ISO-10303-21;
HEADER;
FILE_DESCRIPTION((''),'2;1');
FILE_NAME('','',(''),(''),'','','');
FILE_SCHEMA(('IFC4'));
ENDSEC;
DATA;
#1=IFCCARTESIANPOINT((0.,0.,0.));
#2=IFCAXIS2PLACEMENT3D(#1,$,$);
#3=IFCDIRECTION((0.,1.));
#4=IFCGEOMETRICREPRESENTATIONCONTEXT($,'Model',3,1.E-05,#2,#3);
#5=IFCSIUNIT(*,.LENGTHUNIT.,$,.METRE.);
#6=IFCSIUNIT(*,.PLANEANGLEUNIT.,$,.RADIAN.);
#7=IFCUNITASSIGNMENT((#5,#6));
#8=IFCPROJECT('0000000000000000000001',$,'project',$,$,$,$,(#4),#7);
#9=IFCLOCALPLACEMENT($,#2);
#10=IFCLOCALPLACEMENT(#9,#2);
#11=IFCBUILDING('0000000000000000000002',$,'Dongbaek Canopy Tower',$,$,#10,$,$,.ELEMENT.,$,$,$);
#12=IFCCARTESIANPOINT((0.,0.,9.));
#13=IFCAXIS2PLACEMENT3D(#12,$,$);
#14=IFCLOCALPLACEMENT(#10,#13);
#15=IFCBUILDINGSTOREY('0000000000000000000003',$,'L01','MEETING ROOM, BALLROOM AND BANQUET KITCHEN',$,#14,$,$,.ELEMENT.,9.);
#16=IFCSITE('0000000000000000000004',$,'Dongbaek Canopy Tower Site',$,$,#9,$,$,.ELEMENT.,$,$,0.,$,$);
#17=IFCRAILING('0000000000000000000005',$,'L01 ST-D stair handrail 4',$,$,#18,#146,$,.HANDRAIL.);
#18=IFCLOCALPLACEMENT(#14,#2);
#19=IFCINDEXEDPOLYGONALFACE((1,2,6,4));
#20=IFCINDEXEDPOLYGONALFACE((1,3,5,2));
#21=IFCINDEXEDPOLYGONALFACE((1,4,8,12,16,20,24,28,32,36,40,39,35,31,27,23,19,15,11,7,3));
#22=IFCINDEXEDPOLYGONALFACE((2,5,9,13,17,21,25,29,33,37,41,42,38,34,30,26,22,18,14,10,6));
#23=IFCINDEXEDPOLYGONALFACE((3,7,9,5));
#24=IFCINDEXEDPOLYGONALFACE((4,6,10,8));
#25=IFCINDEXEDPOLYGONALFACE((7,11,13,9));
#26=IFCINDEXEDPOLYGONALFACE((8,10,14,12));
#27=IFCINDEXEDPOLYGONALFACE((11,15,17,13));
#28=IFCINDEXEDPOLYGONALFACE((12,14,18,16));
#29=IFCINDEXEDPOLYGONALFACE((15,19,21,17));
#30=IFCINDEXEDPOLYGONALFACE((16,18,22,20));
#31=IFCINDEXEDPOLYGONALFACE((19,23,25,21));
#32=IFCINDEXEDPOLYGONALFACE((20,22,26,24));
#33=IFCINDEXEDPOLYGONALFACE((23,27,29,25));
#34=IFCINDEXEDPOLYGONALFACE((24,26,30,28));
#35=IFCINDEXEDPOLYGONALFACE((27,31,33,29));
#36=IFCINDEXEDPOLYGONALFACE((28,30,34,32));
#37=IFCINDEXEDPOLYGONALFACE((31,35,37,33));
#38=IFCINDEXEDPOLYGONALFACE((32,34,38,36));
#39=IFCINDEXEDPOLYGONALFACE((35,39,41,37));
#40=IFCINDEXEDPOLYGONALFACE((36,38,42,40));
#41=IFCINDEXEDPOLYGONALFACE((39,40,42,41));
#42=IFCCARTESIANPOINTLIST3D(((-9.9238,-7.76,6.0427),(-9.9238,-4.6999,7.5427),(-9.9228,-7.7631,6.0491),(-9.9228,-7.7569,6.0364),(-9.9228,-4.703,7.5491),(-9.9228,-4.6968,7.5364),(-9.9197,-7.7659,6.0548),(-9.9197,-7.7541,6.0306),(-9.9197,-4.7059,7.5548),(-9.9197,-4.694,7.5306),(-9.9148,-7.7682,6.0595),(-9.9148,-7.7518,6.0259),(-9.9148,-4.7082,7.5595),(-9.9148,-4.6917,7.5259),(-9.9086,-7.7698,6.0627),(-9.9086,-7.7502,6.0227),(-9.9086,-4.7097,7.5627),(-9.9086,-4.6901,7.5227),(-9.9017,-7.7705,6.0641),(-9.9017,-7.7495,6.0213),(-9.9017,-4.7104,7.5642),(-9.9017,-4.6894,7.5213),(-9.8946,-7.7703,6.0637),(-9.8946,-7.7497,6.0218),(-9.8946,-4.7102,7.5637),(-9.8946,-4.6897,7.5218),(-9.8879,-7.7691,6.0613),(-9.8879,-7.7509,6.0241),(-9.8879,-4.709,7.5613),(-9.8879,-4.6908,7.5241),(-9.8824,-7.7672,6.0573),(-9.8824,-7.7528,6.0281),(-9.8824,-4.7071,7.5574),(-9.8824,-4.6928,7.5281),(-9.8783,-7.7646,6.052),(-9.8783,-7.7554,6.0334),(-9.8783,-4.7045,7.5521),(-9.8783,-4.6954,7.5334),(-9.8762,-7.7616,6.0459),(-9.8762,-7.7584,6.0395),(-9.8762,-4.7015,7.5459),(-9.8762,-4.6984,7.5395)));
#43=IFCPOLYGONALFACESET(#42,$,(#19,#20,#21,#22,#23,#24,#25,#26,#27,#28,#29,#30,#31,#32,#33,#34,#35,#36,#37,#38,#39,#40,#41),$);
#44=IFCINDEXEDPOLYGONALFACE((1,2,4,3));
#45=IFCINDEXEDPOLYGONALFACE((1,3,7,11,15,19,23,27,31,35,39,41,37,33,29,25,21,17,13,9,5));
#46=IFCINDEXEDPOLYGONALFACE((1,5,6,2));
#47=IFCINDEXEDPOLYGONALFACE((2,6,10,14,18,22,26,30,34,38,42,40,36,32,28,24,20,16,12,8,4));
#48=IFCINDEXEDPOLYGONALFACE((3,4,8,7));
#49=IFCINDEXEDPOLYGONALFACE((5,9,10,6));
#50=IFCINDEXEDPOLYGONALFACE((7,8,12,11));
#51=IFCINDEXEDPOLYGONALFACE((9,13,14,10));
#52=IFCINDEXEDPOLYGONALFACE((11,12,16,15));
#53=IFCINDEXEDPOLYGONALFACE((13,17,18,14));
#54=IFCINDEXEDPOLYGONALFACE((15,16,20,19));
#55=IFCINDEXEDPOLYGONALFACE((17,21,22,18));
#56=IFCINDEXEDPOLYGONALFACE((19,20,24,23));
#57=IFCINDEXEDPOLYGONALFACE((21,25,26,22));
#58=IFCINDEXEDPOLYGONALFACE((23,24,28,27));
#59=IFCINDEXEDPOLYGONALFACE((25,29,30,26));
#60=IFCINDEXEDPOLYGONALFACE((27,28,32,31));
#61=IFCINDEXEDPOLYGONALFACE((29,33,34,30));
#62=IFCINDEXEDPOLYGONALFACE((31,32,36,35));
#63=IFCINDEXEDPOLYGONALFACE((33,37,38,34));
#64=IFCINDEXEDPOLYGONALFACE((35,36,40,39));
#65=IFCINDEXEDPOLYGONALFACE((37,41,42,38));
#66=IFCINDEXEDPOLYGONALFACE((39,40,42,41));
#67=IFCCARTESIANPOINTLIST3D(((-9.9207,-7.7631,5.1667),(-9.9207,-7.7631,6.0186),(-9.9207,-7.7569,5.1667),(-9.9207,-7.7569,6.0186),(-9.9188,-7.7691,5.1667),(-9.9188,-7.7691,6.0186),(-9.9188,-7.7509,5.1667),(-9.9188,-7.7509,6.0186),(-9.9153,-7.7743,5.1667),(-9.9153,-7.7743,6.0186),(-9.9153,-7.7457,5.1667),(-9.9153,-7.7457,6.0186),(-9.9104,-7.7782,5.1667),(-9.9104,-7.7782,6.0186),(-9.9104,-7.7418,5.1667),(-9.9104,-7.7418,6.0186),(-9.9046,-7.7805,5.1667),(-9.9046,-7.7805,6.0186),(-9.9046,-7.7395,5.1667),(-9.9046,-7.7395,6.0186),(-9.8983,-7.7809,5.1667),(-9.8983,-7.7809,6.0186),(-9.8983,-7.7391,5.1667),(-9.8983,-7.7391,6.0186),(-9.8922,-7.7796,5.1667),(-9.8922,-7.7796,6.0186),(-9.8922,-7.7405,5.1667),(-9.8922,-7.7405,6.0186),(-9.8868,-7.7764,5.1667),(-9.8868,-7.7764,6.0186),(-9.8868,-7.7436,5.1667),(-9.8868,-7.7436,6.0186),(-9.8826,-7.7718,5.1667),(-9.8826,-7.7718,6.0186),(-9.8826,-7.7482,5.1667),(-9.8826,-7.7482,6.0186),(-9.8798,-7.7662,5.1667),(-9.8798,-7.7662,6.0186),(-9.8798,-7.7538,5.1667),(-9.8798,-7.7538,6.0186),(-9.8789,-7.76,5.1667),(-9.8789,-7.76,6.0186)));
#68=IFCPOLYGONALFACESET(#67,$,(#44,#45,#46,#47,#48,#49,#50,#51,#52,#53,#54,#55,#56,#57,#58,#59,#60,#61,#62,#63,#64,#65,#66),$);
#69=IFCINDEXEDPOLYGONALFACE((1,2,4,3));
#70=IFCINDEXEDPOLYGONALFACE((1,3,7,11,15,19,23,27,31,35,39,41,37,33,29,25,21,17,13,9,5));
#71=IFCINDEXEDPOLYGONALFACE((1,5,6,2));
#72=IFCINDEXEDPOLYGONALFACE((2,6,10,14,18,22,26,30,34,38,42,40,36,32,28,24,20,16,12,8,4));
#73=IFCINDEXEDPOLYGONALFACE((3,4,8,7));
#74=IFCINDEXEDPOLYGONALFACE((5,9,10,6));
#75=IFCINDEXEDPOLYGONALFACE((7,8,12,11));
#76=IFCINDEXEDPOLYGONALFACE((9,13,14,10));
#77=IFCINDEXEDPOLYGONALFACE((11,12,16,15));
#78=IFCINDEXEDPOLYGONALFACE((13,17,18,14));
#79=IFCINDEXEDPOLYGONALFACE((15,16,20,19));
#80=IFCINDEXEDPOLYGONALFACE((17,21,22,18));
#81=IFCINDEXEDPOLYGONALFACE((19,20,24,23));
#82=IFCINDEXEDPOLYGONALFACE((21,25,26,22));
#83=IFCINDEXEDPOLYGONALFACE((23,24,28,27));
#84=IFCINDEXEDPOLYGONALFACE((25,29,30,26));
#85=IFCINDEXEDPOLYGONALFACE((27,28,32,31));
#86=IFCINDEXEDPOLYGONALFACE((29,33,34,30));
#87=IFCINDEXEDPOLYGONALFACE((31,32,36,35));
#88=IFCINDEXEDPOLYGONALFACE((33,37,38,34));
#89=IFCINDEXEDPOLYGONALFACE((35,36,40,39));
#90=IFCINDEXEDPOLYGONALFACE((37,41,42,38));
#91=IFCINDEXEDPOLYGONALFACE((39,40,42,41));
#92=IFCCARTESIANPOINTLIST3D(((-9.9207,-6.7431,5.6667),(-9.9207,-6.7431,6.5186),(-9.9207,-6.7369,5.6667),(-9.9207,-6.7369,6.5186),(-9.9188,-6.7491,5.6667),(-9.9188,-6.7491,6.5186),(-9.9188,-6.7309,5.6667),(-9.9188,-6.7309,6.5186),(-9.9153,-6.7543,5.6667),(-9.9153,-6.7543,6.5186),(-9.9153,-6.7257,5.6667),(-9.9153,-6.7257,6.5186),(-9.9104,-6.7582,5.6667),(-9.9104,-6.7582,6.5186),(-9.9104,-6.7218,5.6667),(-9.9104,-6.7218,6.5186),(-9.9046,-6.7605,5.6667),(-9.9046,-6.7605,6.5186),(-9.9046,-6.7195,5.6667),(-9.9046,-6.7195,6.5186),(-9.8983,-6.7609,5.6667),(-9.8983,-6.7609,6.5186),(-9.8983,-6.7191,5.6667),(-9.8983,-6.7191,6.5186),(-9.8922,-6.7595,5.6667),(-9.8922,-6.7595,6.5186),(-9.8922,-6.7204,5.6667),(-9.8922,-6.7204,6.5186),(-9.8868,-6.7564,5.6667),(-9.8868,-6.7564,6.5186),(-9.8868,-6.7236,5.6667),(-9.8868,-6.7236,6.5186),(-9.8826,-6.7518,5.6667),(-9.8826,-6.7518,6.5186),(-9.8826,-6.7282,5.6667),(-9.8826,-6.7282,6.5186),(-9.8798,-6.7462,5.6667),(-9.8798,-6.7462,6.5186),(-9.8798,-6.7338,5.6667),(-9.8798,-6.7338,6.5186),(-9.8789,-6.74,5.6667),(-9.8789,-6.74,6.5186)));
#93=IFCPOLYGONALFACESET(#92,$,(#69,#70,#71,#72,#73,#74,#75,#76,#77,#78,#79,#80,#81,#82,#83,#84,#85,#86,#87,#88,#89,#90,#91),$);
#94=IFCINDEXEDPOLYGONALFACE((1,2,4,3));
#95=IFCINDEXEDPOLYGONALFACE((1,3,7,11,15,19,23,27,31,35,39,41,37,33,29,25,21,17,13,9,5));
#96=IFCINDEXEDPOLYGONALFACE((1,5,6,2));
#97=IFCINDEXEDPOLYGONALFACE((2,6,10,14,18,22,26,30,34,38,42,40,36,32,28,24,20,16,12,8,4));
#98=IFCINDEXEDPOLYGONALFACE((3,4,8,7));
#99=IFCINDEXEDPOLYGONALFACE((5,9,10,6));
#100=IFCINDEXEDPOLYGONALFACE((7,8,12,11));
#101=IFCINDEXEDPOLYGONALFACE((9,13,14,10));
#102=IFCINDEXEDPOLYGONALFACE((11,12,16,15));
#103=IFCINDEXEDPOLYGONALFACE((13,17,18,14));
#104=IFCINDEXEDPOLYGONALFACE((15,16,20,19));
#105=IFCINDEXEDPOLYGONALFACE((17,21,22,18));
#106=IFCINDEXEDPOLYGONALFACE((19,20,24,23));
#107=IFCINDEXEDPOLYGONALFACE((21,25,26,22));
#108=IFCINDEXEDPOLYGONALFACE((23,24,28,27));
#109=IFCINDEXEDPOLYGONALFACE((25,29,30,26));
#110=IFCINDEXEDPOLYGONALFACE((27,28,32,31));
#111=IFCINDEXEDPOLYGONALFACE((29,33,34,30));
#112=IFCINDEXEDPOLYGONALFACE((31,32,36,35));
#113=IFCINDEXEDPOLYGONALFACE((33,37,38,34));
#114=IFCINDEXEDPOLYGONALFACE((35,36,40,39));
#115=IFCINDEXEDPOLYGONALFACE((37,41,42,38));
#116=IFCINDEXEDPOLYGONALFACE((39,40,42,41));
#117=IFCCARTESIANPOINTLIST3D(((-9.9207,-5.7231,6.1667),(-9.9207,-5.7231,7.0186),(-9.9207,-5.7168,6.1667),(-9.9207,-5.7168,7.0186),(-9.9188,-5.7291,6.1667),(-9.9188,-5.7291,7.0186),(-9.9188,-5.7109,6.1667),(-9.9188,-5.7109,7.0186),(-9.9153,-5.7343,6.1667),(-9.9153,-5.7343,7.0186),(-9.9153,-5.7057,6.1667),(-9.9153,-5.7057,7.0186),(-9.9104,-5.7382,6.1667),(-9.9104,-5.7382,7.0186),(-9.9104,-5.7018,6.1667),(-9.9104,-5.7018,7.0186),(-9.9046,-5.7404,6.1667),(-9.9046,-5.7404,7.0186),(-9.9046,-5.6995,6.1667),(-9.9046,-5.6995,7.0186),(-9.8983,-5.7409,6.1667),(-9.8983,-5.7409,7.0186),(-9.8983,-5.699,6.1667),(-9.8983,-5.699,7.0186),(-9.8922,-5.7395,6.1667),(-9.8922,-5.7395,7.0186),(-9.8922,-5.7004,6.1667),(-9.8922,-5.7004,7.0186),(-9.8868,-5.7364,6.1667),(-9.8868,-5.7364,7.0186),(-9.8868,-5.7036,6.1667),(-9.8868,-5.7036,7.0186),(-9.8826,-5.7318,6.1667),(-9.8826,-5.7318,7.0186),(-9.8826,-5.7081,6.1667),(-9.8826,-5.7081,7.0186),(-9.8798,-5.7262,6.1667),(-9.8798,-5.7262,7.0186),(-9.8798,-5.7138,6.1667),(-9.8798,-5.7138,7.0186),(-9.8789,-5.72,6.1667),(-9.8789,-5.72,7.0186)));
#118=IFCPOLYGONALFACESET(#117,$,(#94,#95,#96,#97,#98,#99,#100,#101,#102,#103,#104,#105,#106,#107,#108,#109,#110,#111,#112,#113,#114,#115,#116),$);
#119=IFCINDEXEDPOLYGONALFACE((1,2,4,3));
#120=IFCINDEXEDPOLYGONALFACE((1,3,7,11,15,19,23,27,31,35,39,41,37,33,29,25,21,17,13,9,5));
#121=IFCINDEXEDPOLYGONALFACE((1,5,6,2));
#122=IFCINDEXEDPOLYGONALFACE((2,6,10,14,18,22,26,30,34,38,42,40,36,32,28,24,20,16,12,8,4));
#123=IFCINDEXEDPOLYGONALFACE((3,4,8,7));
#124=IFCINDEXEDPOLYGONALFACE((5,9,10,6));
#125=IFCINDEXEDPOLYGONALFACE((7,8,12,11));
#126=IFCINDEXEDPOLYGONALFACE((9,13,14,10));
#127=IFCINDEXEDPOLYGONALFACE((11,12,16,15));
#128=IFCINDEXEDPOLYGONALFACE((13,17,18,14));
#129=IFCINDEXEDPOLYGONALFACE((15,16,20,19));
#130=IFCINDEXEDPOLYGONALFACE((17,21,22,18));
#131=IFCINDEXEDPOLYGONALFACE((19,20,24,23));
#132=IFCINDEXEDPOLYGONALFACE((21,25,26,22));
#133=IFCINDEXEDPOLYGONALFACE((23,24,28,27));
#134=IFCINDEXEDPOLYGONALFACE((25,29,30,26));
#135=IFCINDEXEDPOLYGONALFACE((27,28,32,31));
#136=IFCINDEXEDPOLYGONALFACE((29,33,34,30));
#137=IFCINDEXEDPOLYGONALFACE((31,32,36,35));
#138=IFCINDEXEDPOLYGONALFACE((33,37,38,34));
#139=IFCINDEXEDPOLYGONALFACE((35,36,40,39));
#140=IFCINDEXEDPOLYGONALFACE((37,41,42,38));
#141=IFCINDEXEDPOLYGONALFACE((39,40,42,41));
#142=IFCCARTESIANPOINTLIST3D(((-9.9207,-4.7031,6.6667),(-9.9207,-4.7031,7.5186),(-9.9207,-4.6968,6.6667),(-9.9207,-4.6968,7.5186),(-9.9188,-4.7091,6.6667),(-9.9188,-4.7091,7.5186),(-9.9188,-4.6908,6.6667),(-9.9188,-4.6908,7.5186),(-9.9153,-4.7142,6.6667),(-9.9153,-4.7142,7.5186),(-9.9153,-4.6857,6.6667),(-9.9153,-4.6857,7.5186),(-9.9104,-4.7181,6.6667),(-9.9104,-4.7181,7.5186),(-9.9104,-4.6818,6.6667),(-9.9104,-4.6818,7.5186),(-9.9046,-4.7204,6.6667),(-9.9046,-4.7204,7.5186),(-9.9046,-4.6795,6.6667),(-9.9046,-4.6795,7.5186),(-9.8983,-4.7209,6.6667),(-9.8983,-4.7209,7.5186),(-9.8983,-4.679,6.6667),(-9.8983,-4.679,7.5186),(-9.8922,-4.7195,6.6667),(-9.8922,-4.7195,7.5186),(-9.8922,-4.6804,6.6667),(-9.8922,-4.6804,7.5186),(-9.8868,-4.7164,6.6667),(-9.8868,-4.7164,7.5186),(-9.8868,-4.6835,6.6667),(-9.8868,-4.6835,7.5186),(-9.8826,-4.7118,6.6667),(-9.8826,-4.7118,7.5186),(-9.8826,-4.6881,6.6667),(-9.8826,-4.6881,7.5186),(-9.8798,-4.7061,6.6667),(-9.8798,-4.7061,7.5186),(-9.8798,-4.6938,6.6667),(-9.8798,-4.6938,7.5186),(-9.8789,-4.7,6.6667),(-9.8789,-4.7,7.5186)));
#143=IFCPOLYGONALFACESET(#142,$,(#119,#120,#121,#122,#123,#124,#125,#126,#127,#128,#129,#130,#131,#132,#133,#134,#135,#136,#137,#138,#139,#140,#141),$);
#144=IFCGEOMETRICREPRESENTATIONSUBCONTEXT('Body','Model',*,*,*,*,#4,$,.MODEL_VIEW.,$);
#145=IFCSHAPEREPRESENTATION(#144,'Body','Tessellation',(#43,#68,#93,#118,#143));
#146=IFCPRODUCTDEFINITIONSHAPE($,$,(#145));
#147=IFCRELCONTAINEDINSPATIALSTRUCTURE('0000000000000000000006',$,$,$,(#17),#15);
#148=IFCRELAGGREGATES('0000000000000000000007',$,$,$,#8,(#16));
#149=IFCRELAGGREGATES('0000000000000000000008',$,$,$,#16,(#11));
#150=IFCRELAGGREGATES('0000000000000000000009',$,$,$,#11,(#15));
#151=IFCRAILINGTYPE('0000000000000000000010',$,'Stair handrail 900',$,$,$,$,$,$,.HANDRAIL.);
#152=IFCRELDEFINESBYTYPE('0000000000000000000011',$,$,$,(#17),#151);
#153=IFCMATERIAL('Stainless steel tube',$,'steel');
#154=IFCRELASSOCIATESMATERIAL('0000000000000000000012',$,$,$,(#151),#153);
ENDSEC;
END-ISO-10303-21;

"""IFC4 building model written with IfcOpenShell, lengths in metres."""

from ifc_helpers import new_model, si_unit, direction, frame, origin, origin_2d, place, context, subcontext, project, spatial, circle, extrude, material, type_object, element, save


model = new_model("IFC4")

# Units and contexts
model_context = context("Model", 3, precision=1e-05, world=origin(), true_north=direction((0.0, 1.0)))
body_context = subcontext(model_context, "Body", "Model", "MODEL_VIEW")
ifc_project = project(units=[si_unit("LENGTHUNIT", "METRE"), si_unit("PLANEANGLEUNIT", "RADIAN")], contexts=[model_context])

# Site, building, storey
site_placement = place(None, origin())
site = spatial("IfcSite", under=ifc_project, at=site_placement, Name="Dongbaek Canopy Tower Site", CompositionType="ELEMENT", RefElevation=0.0)
building_placement = place(site_placement, origin())
building = spatial("IfcBuilding", under=site, at=building_placement, Name="Dongbaek Canopy Tower", CompositionType="ELEMENT")
storey_placement = place(building_placement, frame((0.0, 0.0, 9.0)))
storey = spatial("IfcBuildingStorey", under=building, at=storey_placement, Name="L01", Description="MEETING ROOM, BALLROOM AND BANQUET KITCHEN", CompositionType="ELEMENT", Elevation=9.0)

# Railing
ifc_material_1 = material(Name="Stainless steel tube", Category="steel")
railing_type_1 = type_object("IfcRailingType", Name="Stair handrail 900", PredefinedType="HANDRAIL", material=ifc_material_1)
railing_1_placement = place(storey_placement, frame((-9.8999, -7.76, 5.1667)))
element("IfcRailing", 1, at=railing_1_placement, inside=storey, type_object=railing_type_1, Name="L01 ST-D stair handrail 4", PredefinedType="HANDRAIL", context=body_context, shape_type="SweptSolid", body=[
    extrude(circle(Radius=0.0239, at=origin_2d()), frame((0.0, 0.0, 0.876), z_axis=(0.0, 0.897924, 0.44015), x_axis=(-1.0, 0.0, 0.0)), (0.0, 0.0, 1.0), 3.408),
    extrude(circle(Radius=0.021, at=origin_2d()), origin(), (0.0, 0.0, 1.0), 0.8518),
    extrude(circle(Radius=0.021, at=origin_2d()), frame((0.0, 1.02, 0.5)), (0.0, 0.0, 1.0), 0.8518),
    extrude(circle(Radius=0.021, at=origin_2d()), frame((0.0, 2.04, 1.0)), (0.0, 0.0, 1.0), 0.8518),
    extrude(circle(Radius=0.021, at=origin_2d()), frame((0.0, 3.0601, 1.5)), (0.0, 0.0, 1.0), 0.8518),
])

save(model, "model.ifc")
